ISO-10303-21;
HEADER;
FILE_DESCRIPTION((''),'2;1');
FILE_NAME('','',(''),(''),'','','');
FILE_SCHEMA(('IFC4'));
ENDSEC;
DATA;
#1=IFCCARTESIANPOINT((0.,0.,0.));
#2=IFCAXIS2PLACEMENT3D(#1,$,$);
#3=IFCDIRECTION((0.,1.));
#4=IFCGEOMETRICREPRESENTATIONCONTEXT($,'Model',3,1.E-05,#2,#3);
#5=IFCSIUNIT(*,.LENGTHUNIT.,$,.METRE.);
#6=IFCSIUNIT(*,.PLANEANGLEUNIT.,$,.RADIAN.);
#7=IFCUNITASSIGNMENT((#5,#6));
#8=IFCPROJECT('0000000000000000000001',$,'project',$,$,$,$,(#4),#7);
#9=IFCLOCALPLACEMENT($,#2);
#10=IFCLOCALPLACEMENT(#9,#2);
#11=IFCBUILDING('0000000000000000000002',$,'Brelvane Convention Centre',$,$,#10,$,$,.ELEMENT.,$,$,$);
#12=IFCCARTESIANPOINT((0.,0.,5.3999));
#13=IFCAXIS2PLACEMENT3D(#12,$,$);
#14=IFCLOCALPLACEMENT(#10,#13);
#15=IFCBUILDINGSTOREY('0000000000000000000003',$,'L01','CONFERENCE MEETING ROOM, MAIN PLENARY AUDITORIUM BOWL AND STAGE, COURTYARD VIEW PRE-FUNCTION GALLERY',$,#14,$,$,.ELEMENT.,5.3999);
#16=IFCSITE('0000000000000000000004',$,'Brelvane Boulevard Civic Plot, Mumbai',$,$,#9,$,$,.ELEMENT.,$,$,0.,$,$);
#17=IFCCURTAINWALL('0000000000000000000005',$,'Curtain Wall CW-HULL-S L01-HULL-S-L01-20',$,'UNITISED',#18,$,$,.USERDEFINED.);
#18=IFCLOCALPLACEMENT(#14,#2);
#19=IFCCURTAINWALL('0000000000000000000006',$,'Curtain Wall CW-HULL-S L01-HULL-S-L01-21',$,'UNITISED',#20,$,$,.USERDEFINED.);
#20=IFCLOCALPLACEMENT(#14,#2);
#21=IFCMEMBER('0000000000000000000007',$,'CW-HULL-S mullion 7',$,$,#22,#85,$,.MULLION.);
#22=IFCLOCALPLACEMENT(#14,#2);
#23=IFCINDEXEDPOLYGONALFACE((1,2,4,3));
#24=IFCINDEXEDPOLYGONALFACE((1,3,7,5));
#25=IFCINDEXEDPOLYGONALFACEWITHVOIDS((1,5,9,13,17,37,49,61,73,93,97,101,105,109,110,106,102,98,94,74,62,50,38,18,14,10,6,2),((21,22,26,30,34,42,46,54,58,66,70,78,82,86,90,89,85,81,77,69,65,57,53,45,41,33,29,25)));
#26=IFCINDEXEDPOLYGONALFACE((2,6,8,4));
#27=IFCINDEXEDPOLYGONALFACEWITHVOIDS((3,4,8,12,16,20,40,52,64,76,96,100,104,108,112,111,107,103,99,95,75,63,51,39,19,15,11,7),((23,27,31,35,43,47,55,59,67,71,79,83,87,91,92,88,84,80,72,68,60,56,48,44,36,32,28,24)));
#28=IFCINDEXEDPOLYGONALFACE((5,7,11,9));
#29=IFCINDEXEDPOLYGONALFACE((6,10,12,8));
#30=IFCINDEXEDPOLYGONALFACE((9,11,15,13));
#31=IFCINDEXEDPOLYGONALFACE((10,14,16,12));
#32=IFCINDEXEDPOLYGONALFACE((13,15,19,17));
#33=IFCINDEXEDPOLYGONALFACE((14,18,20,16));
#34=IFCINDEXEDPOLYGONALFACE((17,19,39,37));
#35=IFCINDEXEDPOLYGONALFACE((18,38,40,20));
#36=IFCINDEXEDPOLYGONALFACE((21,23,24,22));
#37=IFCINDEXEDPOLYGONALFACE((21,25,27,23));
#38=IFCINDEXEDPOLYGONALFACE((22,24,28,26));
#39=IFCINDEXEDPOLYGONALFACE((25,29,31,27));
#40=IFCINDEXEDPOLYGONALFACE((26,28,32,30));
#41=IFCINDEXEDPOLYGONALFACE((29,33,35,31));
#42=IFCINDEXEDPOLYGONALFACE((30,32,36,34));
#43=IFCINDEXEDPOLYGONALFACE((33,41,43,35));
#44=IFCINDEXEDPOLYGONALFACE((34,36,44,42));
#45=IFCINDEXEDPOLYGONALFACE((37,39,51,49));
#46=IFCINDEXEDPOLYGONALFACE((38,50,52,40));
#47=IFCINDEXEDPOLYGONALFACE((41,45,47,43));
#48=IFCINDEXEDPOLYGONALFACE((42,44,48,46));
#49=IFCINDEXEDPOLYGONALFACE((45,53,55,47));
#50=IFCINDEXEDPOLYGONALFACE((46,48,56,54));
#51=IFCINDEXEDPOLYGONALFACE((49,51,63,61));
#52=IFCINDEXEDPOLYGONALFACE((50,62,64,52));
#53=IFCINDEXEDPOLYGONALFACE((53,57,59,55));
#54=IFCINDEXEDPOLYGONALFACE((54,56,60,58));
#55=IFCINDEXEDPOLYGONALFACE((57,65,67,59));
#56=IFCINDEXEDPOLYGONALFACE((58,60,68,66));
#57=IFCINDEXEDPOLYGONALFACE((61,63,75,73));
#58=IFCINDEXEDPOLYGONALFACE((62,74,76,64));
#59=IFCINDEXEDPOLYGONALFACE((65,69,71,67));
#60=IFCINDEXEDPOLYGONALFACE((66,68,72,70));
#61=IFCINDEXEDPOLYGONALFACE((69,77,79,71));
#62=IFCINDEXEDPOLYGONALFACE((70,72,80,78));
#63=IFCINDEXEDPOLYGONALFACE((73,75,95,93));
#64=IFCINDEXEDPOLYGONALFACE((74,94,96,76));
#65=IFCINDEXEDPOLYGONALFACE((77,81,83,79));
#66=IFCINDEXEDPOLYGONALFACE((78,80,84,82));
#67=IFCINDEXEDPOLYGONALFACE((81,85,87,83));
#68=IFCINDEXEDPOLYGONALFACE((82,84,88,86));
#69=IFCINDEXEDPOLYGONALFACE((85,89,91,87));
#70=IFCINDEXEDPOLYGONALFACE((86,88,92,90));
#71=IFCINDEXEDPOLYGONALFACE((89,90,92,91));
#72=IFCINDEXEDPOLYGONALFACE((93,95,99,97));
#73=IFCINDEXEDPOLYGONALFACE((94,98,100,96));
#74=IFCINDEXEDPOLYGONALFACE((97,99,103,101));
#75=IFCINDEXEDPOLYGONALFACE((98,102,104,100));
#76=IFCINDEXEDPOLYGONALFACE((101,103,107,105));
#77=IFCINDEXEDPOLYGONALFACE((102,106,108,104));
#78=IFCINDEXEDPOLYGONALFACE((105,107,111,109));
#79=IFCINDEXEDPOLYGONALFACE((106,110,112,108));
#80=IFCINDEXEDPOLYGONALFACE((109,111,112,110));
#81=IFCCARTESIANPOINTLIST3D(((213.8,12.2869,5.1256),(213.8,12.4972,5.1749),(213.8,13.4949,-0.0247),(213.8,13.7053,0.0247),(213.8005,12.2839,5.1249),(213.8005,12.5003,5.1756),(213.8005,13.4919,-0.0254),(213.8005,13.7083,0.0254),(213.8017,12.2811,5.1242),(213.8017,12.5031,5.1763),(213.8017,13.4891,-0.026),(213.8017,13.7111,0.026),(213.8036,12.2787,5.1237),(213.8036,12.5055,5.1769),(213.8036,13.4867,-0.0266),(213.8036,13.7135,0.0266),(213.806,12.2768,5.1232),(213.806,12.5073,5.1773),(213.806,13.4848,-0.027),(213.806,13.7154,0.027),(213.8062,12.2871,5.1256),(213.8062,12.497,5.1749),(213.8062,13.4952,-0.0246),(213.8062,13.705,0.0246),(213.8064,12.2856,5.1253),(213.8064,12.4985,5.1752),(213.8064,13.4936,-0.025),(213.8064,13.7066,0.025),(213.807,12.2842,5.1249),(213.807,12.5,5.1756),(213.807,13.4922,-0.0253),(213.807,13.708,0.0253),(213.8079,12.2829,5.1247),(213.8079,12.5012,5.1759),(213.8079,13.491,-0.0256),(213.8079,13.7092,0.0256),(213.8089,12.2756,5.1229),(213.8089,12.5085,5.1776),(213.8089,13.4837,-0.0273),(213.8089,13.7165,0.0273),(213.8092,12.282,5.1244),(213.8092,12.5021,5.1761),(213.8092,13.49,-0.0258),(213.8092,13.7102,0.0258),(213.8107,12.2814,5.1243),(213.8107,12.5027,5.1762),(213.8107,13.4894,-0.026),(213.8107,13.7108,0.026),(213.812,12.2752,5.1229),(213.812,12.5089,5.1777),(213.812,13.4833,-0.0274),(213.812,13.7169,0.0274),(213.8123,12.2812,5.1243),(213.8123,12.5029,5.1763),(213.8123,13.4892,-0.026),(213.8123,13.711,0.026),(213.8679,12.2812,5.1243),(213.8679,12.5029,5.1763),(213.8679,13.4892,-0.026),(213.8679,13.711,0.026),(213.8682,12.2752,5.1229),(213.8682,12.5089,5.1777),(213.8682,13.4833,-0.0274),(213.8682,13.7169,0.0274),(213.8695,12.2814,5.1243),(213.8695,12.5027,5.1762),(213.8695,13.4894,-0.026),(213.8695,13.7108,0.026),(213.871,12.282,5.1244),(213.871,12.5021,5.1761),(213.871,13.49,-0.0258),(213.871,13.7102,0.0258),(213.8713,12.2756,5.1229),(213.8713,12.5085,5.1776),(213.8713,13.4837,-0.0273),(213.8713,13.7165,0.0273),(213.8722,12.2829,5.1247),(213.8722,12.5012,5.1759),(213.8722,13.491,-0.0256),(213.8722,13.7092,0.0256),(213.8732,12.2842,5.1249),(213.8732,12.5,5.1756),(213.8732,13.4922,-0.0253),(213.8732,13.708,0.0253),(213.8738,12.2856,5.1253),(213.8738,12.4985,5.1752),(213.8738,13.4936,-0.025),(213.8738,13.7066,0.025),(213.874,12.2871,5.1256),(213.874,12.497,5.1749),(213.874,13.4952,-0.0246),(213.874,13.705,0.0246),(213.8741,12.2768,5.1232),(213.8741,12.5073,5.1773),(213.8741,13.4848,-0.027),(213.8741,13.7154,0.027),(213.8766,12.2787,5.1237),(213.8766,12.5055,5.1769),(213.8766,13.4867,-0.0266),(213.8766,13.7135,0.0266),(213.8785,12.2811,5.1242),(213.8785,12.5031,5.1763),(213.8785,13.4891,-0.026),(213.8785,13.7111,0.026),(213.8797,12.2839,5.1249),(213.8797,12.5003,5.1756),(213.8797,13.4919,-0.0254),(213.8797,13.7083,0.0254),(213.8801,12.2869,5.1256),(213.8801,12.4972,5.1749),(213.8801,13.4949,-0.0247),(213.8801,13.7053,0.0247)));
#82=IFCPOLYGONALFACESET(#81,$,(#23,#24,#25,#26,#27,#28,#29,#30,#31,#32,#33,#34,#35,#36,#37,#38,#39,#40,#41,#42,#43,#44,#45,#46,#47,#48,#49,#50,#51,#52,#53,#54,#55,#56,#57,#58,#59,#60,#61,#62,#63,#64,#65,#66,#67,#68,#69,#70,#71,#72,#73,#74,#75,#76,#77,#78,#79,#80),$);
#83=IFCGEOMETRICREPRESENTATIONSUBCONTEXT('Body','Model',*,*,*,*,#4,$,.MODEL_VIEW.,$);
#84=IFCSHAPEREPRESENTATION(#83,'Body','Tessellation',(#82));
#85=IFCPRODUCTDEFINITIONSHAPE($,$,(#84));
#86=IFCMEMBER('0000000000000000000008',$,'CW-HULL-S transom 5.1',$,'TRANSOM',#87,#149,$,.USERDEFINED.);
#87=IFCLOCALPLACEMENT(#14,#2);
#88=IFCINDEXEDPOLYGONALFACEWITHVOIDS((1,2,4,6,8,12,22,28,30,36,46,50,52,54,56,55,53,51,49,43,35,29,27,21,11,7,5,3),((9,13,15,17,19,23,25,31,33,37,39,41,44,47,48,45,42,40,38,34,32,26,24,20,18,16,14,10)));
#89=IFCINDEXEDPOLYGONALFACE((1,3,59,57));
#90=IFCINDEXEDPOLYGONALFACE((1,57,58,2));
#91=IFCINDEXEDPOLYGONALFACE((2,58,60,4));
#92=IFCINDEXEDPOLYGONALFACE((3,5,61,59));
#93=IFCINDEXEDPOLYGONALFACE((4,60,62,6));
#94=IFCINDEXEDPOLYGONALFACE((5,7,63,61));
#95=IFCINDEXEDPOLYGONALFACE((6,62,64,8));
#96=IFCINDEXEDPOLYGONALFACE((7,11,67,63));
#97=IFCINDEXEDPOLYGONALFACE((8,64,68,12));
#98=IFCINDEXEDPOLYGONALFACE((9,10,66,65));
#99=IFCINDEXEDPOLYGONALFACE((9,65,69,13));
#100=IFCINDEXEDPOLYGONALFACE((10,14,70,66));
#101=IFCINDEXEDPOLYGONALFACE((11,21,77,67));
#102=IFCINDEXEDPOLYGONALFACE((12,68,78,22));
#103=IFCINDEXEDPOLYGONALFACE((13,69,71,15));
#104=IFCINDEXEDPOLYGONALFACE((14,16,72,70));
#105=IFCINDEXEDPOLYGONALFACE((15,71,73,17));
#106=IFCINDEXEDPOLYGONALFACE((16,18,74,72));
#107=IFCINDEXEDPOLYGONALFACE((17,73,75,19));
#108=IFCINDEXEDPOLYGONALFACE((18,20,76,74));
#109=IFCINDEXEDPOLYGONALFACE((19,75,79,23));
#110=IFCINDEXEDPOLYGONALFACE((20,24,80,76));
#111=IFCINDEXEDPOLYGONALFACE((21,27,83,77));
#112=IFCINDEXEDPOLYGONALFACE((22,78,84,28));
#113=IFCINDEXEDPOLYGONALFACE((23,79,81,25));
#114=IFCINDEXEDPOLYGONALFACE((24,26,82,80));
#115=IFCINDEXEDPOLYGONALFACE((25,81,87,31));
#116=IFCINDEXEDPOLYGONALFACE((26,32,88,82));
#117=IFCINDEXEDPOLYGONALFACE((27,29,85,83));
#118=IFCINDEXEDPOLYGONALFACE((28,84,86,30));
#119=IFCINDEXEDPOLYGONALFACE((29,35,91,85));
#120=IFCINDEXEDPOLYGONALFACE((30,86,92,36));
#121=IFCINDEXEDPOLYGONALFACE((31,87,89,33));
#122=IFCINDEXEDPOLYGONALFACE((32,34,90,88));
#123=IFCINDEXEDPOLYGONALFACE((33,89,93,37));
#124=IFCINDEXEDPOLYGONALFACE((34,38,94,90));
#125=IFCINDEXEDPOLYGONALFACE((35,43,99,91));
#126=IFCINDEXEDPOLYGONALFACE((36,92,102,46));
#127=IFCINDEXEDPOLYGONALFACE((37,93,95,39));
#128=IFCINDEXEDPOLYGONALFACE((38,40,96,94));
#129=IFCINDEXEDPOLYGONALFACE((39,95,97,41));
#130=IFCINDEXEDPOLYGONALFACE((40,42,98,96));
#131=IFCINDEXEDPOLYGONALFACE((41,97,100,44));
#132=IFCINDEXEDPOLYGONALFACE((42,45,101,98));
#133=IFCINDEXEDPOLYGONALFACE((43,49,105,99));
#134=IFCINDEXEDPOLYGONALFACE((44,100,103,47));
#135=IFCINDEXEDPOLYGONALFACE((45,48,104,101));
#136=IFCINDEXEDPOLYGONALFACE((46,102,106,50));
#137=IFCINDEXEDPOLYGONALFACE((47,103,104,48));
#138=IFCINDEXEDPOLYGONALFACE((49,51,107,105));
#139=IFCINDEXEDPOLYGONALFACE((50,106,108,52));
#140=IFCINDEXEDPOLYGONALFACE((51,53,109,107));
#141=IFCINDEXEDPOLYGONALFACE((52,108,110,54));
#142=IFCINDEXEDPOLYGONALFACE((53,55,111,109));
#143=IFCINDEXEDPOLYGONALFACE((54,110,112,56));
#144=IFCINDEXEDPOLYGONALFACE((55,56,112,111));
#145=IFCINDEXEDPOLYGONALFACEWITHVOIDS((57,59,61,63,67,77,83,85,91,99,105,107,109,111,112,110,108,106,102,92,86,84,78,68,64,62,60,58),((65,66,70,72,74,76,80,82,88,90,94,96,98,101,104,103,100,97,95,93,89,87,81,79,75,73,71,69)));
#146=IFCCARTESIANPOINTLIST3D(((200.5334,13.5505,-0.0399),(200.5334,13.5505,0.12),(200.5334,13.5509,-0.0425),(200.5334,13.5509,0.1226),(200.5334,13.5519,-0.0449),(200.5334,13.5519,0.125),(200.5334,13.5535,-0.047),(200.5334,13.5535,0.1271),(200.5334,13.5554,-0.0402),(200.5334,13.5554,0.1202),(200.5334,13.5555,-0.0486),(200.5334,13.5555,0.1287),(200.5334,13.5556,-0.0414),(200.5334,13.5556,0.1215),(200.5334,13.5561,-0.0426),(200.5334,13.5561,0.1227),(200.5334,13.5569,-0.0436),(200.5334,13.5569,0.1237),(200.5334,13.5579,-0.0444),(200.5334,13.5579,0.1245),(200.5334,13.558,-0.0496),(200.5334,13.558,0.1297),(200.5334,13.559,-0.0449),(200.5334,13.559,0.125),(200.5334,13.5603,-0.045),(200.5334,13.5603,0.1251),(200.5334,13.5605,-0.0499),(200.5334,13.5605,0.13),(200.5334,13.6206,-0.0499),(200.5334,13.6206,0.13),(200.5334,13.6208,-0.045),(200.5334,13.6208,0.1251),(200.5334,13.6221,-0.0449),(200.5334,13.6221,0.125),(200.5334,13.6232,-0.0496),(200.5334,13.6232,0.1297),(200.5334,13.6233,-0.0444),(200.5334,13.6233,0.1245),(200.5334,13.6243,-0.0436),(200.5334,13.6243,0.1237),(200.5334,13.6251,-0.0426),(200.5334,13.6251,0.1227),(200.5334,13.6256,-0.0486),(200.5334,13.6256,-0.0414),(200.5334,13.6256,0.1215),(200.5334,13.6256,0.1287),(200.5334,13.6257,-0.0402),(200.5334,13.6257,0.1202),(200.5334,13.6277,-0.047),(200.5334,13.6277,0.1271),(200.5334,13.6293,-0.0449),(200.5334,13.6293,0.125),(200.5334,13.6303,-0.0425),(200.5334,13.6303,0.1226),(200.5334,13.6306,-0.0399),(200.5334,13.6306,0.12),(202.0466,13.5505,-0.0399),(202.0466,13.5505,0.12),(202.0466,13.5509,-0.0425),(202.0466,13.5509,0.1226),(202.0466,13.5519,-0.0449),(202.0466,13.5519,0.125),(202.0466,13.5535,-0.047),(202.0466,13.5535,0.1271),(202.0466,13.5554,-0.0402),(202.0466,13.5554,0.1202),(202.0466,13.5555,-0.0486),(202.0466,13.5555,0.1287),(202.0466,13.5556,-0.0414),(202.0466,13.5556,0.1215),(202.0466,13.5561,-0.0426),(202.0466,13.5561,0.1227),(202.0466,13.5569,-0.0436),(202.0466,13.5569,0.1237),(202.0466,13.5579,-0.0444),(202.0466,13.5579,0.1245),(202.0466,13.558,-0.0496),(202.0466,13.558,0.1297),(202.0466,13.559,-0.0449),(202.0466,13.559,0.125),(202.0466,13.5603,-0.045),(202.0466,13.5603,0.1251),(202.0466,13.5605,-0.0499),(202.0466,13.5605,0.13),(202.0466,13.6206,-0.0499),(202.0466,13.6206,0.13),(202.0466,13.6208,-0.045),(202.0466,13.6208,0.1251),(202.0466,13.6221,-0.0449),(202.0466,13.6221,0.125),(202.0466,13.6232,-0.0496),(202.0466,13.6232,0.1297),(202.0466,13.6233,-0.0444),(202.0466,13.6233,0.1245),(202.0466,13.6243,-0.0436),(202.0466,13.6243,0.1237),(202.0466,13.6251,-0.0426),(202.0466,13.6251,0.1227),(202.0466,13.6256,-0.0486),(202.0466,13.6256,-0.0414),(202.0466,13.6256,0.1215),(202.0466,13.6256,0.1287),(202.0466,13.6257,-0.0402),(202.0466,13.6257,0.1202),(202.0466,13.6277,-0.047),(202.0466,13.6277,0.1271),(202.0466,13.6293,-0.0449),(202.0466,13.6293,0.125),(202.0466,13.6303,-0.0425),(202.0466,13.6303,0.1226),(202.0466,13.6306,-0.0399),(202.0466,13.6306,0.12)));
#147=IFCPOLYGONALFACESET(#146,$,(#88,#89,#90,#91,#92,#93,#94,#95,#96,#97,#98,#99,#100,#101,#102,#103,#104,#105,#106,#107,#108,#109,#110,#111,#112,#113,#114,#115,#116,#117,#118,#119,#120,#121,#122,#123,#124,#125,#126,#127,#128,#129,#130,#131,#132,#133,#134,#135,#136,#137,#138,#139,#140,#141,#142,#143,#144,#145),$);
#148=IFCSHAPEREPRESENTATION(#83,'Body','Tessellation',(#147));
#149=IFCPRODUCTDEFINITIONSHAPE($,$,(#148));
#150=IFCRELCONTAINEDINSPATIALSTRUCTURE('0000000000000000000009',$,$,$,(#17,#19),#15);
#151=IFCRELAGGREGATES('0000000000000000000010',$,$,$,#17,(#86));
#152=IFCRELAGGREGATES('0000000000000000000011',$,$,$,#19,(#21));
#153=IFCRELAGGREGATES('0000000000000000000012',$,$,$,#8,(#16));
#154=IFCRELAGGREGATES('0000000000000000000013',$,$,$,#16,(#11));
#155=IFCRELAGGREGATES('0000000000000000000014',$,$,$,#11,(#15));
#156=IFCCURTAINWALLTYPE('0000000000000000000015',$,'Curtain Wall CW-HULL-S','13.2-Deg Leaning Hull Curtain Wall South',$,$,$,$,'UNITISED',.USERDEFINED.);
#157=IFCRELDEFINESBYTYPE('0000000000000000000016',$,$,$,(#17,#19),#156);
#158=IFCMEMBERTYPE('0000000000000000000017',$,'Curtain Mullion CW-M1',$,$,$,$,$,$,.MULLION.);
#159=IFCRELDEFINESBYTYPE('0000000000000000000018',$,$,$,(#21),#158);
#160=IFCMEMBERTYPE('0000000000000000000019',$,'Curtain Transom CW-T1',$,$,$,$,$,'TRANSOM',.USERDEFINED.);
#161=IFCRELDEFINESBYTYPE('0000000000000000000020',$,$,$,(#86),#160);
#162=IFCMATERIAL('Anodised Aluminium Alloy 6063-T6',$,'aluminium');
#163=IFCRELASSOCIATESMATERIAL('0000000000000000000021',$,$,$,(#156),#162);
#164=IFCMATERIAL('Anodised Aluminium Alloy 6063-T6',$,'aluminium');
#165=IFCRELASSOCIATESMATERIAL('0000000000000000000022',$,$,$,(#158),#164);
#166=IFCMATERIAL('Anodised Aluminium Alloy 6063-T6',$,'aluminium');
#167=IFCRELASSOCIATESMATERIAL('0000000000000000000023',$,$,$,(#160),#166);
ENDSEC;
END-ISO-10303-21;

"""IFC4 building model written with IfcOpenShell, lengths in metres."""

from ifc_helpers import new_model, si_unit, direction, frame, origin, origin_2d, place, context, subcontext, project, spatial, hollow_rectangle, extrude, material, material_profile, profile_set, type_object, element, aggregate, save


model = new_model("IFC4")

# Units and contexts
model_context = context("Model", 3, precision=1e-05, world=origin(), true_north=direction((0.0, 1.0)))
body_context = subcontext(model_context, "Body", "Model", "MODEL_VIEW")
ifc_project = project(units=[si_unit("LENGTHUNIT", "METRE"), si_unit("PLANEANGLEUNIT", "RADIAN")], contexts=[model_context])

# Site, building, storey
site_placement = place(None, origin())
site = spatial("IfcSite", under=ifc_project, at=site_placement, Name="Brelvane Boulevard Civic Plot, Mumbai", CompositionType="ELEMENT", RefElevation=0.0)
building_placement = place(site_placement, origin())
building = spatial("IfcBuilding", under=site, at=building_placement, Name="Brelvane Convention Centre", CompositionType="ELEMENT")
storey_placement = place(building_placement, frame((0.0, 0.0, 5.3999)))
storey = spatial("IfcBuildingStorey", under=building, at=storey_placement, Name="L01", Description="CONFERENCE MEETING ROOM, MAIN PLENARY AUDITORIUM BOWL AND STAGE, COURTYARD VIEW PRE-FUNCTION GALLERY", CompositionType="ELEMENT", Elevation=5.3999)

# Curtain walls, member
ifc_material_1 = material(Name="Anodised Aluminium Alloy 6063-T6", Category="aluminium")
curtain_wall_type = type_object("IfcCurtainWallType", Name="Curtain Wall CW-HULL-S", Description="13.2-Deg Leaning Hull Curtain Wall South", ElementType="UNITISED", PredefinedType="USERDEFINED", material=ifc_material_1)
curtain_wall_1_placement = place(storey_placement, origin())
curtain_wall_1 = element("IfcCurtainWall", 1, at=curtain_wall_1_placement, inside=storey, type_object=curtain_wall_type, Name="Curtain Wall CW-HULL-S L01-HULL-S-L01-20", ObjectType="UNITISED", PredefinedType="USERDEFINED")
ifc_material_2 = material(Name="Anodised Aluminium Alloy 6063-T6", Category="aluminium")
ifc_material_profile_1 = material_profile(ifc_material_2, hollow_rectangle(XDim=0.0801, YDim=0.24, WallThickness=0.0061, InnerFilletRadius=0.0061, OuterFilletRadius=0.012, at=origin_2d()), Name="ALU-M 240x80x6.0")
ifc_profile_set_1 = profile_set([ifc_material_profile_1], Name="Anodised Aluminium Alloy 6063-T6")
member_type_1 = type_object("IfcMemberType", Name="Curtain Mullion CW-M1", PredefinedType="MULLION", material=ifc_profile_set_1)
curtain_wall_2_placement = place(storey_placement, origin())
curtain_wall_2 = element("IfcCurtainWall", 2, at=curtain_wall_2_placement, inside=storey, type_object=curtain_wall_type, Name="Curtain Wall CW-HULL-S L01-HULL-S-L01-21", ObjectType="UNITISED", PredefinedType="USERDEFINED")
member_1_placement = place(storey_placement, frame((213.8401, 13.6001, 0.0), z_axis=(0.0, -0.22836, 0.973577), x_axis=(1.0, 0.0, 0.0)))
member_1 = element("IfcMember", 3, at=member_1_placement, type_object=member_type_1, Name="CW-HULL-S mullion 7", PredefinedType="MULLION", context=body_context, shape_type="SweptSolid", body=[
    extrude(hollow_rectangle(XDim=0.0801, YDim=0.24, WallThickness=0.0061, InnerFilletRadius=0.0061, OuterFilletRadius=0.012, at=origin_2d()), origin(), (0.0, 0.0, 1.0), 5.29),
])

# Member
ifc_material_3 = material(Name="Anodised Aluminium Alloy 6063-T6", Category="aluminium")
ifc_material_profile_2 = material_profile(ifc_material_3, hollow_rectangle(XDim=0.0801, YDim=0.1799, WallThickness=0.0049, InnerFilletRadius=0.0049, OuterFilletRadius=0.01, at=origin_2d()), Name="ALU-T 180x80x5.0")
ifc_profile_set_2 = profile_set([ifc_material_profile_2], Name="Anodised Aluminium Alloy 6063-T6")
member_type_2 = type_object("IfcMemberType", Name="Curtain Transom CW-T1", ElementType="TRANSOM", PredefinedType="USERDEFINED", material=ifc_profile_set_2)
member_2_placement = place(storey_placement, frame((200.5334, 13.5906, 0.04), z_axis=(1.0, 0.0, 0.0), x_axis=(0.0, 1.0, 0.0)))
member_2 = element("IfcMember", 4, at=member_2_placement, type_object=member_type_2, Name="CW-HULL-S transom 5.1", ObjectType="TRANSOM", PredefinedType="USERDEFINED", context=body_context, shape_type="SweptSolid", body=[
    extrude(hollow_rectangle(XDim=0.0801, YDim=0.1799, WallThickness=0.0049, InnerFilletRadius=0.0049, OuterFilletRadius=0.01, at=origin_2d()), origin(), (0.0, 0.0, 1.0), 1.5132),
])
aggregate(curtain_wall_1, [member_2])
aggregate(curtain_wall_2, [member_1])

save(model, "model.ifc")
